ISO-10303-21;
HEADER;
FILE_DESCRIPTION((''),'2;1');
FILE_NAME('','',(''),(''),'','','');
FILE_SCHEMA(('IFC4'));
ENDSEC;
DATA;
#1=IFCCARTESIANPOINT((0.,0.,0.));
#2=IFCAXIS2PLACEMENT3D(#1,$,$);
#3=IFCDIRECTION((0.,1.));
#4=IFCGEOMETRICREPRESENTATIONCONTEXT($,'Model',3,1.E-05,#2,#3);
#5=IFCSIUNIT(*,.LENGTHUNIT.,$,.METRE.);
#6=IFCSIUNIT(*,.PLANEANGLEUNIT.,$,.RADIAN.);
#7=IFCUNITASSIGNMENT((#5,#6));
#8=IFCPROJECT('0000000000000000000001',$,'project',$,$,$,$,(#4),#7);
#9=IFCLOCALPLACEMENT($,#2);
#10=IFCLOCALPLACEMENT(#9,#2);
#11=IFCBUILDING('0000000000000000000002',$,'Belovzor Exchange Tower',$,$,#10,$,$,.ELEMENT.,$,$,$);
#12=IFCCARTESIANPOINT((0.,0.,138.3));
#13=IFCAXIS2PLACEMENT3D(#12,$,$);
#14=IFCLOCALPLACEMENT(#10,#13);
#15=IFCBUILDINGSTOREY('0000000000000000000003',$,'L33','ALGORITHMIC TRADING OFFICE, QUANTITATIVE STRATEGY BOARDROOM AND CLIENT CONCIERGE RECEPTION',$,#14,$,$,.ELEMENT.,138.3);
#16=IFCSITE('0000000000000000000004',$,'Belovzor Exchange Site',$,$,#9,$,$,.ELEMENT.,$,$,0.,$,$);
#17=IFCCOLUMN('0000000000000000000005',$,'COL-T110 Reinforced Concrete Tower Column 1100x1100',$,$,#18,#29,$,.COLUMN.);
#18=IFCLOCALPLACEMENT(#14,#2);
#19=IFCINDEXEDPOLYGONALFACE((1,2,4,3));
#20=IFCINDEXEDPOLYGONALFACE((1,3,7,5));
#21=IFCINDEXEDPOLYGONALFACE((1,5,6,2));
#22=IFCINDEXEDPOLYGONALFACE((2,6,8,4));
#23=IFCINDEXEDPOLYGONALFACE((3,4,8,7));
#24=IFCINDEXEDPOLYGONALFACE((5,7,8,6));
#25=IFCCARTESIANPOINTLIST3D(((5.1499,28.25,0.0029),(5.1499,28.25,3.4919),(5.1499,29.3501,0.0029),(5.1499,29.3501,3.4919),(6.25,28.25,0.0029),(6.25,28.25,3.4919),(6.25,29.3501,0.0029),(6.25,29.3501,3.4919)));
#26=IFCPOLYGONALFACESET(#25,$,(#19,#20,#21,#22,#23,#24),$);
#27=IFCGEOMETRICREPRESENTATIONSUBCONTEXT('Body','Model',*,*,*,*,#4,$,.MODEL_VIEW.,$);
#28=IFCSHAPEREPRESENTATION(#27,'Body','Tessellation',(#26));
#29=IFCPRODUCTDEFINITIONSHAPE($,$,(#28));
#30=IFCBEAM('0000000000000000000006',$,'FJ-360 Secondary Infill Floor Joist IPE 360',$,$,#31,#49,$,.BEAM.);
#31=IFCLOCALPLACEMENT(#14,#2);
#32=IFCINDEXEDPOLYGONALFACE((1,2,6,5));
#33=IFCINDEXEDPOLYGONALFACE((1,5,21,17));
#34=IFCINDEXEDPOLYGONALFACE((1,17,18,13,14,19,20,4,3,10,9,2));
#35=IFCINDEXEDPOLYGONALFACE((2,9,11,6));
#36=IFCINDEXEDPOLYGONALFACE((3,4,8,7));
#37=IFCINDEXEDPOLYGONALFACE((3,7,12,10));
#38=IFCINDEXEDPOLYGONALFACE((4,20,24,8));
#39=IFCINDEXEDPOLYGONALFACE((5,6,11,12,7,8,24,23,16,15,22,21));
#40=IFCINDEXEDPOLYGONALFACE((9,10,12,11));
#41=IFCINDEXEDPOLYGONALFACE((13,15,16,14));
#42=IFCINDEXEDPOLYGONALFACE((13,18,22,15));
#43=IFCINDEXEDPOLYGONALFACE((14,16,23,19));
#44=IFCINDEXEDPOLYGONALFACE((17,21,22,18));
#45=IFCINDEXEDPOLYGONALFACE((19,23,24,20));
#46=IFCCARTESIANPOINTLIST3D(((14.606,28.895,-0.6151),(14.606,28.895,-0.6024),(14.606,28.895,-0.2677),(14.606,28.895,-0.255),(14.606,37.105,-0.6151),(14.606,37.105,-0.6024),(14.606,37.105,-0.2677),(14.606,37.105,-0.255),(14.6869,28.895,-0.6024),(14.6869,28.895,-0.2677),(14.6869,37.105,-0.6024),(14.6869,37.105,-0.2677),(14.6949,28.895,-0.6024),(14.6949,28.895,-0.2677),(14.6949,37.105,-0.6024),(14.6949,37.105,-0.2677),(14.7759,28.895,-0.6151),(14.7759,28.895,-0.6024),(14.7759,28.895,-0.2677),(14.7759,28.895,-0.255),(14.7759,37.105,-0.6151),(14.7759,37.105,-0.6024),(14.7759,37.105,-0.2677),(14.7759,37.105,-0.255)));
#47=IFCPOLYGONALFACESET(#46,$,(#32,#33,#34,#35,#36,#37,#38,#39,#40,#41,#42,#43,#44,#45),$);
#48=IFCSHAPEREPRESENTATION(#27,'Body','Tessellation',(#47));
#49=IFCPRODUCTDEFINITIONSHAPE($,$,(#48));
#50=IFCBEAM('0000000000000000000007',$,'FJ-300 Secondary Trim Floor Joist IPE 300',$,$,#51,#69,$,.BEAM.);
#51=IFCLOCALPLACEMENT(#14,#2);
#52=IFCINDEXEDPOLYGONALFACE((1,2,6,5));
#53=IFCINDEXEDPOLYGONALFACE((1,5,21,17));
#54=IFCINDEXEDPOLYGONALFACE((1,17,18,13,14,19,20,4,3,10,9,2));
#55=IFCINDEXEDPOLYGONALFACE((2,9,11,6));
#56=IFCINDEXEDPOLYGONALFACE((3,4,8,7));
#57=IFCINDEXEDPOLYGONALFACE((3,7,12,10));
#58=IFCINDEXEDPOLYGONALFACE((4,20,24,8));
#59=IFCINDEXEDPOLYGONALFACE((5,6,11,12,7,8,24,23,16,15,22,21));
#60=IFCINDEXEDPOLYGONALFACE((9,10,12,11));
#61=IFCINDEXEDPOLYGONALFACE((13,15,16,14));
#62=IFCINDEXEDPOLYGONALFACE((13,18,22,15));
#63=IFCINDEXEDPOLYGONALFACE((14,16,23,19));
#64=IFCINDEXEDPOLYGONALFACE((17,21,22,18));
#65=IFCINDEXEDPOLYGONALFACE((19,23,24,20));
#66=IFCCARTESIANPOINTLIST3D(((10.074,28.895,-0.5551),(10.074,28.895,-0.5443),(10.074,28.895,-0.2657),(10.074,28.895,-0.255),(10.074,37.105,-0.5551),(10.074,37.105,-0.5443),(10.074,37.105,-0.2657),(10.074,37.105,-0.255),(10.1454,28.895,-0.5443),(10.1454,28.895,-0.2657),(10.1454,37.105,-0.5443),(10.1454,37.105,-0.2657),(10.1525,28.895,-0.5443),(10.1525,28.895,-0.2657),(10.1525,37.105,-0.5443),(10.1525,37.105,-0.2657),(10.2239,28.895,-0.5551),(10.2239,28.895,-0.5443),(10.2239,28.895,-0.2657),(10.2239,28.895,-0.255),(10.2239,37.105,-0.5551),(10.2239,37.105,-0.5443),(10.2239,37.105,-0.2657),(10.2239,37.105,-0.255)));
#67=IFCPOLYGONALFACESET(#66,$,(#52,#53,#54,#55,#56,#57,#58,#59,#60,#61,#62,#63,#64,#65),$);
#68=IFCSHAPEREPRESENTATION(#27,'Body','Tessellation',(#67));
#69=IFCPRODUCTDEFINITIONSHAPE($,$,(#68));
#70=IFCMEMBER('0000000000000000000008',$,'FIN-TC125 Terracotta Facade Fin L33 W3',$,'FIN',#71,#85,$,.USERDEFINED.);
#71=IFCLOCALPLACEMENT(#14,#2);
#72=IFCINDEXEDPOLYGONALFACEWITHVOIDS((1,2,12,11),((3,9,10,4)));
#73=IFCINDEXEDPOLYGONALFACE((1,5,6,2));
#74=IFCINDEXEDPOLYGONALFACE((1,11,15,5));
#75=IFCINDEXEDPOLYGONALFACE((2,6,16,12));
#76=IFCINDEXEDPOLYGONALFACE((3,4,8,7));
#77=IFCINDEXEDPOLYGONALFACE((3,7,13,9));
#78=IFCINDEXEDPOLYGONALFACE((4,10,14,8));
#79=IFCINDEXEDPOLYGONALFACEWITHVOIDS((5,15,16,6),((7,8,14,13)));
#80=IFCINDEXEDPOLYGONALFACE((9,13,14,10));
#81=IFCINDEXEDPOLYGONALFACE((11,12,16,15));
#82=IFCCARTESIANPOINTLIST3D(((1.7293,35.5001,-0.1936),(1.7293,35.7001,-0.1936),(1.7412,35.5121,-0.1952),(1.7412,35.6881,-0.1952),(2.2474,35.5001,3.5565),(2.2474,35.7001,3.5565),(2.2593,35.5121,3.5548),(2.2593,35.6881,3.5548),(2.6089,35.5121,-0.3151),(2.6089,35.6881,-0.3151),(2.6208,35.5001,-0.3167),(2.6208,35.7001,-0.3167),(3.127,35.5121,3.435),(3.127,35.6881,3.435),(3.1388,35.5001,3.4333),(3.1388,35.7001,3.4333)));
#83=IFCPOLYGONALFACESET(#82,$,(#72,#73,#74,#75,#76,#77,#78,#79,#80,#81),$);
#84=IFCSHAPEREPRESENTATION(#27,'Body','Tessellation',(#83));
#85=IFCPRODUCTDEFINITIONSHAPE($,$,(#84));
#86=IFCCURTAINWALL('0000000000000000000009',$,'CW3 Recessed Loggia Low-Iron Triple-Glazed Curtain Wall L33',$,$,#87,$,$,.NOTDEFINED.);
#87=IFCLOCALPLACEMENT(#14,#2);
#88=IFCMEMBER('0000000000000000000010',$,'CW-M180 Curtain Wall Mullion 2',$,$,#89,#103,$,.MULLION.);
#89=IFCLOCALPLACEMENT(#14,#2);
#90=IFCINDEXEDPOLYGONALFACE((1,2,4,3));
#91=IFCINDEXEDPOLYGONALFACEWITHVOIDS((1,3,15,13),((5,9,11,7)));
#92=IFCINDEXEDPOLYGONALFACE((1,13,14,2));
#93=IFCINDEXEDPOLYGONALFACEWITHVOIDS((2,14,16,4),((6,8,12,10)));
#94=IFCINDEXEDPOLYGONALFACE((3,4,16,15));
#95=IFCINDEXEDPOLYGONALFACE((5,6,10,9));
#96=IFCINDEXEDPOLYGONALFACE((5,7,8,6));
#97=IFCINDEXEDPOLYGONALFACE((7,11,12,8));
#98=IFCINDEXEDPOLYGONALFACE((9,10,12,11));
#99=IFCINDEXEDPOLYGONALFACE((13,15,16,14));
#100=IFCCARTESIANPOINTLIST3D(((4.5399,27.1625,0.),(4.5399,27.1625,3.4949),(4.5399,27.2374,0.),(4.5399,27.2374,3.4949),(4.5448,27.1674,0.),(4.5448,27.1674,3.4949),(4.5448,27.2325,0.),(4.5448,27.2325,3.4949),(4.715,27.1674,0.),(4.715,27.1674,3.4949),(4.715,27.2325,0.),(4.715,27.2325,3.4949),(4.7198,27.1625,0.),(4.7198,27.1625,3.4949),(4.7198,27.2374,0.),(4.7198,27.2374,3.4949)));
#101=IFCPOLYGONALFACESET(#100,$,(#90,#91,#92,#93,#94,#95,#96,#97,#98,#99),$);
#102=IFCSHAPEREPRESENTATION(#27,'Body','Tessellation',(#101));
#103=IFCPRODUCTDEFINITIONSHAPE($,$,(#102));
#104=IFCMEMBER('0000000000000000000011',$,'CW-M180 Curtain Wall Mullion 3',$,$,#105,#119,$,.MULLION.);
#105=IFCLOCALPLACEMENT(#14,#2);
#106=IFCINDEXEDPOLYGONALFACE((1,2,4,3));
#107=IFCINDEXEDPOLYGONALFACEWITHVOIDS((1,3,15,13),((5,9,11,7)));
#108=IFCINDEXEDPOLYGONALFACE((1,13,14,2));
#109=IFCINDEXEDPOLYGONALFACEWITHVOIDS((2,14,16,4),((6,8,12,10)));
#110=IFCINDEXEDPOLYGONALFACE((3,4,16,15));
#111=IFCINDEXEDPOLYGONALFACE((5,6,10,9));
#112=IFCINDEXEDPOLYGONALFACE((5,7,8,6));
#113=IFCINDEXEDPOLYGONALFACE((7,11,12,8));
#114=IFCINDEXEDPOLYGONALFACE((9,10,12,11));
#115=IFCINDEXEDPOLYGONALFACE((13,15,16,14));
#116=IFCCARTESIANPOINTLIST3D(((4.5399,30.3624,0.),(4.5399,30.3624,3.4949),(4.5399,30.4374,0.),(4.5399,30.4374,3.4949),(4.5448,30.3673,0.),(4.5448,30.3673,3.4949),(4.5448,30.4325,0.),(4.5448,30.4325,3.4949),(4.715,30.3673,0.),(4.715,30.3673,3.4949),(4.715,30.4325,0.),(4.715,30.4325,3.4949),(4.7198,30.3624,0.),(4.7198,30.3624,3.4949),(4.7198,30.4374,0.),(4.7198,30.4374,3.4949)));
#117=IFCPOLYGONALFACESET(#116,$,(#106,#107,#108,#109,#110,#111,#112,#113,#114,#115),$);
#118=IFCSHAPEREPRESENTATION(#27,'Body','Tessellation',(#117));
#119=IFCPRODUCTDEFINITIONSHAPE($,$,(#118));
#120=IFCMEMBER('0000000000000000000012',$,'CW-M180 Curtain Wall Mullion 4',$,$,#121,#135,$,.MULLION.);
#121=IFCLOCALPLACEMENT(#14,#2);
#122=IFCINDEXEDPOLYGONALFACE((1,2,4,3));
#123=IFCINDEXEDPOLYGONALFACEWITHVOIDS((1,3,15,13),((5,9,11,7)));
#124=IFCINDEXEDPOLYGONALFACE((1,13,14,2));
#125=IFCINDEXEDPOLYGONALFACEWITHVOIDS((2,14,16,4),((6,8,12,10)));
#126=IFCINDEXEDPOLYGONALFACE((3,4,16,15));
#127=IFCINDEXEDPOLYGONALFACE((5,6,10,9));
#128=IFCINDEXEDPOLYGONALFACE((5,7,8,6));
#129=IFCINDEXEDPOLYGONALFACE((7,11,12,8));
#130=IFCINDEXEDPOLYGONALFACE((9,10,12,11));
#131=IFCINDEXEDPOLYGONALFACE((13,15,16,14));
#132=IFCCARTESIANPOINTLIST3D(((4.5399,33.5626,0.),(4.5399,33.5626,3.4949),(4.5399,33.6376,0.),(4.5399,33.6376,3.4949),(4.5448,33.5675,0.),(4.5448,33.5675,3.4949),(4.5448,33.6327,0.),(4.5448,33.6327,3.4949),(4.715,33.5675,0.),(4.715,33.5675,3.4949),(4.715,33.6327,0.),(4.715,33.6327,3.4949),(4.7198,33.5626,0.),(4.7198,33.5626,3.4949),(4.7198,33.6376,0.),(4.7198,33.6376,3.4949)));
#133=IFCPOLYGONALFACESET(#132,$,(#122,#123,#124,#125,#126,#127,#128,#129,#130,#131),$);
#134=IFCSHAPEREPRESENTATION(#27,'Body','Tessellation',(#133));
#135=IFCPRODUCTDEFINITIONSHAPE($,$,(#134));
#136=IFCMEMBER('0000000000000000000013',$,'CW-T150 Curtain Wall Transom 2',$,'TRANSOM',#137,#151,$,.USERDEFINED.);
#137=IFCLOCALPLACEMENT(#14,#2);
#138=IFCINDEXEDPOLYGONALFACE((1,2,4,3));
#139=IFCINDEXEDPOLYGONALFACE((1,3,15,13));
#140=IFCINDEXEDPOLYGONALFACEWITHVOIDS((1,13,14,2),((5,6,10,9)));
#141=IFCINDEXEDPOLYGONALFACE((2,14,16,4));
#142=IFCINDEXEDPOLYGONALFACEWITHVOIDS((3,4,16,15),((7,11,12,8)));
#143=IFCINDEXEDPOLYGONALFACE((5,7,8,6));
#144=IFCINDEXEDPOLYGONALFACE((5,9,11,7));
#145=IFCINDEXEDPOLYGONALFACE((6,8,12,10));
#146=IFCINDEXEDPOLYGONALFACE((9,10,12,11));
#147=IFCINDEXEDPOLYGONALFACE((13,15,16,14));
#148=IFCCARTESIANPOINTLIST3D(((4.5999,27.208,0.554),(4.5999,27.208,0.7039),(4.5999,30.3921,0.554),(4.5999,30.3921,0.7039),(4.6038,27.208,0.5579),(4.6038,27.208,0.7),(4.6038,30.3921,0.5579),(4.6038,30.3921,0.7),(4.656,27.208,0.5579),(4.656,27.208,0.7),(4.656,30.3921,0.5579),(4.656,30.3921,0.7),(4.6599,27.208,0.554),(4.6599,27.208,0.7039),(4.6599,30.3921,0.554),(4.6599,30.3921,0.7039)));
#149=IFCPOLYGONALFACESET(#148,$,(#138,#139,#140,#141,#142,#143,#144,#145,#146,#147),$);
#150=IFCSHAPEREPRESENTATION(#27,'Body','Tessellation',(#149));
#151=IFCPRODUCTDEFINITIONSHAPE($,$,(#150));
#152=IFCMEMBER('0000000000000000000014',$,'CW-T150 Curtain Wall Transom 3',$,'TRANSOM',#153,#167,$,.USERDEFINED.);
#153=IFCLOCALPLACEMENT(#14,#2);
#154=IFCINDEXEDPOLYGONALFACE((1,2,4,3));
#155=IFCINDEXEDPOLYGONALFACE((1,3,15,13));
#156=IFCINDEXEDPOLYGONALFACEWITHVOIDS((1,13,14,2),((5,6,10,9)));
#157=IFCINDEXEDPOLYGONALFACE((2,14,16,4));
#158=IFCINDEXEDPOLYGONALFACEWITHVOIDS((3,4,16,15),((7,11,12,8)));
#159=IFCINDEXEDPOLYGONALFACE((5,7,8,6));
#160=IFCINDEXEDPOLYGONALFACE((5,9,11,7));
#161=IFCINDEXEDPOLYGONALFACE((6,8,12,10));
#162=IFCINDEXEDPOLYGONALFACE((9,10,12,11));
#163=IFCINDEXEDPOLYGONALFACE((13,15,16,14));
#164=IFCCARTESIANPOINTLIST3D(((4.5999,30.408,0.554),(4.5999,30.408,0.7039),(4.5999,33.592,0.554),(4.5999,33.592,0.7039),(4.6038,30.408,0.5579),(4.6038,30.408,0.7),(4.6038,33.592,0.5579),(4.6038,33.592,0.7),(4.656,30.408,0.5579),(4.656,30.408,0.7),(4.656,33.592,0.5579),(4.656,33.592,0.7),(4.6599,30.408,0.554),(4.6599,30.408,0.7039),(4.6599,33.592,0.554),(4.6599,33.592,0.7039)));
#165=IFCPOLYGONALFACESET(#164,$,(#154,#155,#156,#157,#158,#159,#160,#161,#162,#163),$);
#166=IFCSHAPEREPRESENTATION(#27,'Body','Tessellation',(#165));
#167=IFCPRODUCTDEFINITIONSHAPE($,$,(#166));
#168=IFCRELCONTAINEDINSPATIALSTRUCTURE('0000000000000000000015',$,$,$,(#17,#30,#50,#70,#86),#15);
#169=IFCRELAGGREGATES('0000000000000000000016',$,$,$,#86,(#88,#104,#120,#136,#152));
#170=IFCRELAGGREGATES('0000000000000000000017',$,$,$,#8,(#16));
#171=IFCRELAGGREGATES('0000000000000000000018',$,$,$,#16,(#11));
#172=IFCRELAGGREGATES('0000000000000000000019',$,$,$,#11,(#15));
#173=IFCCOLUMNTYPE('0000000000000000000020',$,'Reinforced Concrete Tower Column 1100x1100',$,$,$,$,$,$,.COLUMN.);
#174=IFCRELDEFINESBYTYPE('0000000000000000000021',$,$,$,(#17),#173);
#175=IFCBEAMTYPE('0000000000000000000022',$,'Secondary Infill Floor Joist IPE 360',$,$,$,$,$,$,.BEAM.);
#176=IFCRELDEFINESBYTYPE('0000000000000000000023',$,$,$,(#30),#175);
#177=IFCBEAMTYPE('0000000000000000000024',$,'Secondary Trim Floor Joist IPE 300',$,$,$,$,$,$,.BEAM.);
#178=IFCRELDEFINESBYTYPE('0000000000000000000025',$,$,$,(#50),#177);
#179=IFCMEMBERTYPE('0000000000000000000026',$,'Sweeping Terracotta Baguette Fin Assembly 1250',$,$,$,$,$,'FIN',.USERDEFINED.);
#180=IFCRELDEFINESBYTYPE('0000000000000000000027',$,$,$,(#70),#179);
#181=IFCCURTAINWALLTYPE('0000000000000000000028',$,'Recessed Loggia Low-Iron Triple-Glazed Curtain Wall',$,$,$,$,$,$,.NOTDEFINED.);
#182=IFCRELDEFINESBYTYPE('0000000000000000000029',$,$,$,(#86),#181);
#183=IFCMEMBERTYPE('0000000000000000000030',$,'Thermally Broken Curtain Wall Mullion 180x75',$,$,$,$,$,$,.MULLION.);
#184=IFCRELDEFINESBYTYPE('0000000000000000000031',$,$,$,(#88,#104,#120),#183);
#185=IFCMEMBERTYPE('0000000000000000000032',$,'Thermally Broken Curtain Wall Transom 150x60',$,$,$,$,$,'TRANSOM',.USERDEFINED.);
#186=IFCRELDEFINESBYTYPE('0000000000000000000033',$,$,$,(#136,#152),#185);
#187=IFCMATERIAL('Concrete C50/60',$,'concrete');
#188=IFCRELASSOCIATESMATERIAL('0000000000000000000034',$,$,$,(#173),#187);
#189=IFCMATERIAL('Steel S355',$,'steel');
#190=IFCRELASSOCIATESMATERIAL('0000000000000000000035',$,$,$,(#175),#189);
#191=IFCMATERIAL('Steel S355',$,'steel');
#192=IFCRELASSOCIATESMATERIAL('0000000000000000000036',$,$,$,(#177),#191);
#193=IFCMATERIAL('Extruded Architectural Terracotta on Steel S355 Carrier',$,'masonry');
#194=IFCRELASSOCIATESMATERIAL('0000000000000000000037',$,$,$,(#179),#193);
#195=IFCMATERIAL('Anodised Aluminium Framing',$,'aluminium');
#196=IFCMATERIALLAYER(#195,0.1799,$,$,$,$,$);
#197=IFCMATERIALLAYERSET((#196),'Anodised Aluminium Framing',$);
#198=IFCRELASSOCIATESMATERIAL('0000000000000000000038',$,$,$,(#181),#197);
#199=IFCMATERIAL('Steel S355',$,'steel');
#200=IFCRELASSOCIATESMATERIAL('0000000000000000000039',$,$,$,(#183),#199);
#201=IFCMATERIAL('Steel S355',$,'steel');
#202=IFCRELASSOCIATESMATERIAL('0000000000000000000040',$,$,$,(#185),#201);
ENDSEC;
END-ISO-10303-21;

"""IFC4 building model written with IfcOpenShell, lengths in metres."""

from ifc_helpers import new_model, si_unit, direction, frame, origin, origin_2d, place, context, subcontext, project, spatial, rectangle, hollow_rectangle, i_section, extrude, material, layer, layer_set, material_profile, profile_set, type_object, element, aggregate, save


model = new_model("IFC4")

# Units and contexts
model_context = context("Model", 3, precision=1e-05, world=origin(), true_north=direction((0.0, 1.0)))
body_context = subcontext(model_context, "Body", "Model", "MODEL_VIEW")
ifc_project = project(units=[si_unit("LENGTHUNIT", "METRE"), si_unit("PLANEANGLEUNIT", "RADIAN")], contexts=[model_context])

# Site, building, storey
site_placement = place(None, origin())
site = spatial("IfcSite", under=ifc_project, at=site_placement, Name="Belovzor Exchange Site", CompositionType="ELEMENT", RefElevation=0.0)
building_placement = place(site_placement, origin())
building = spatial("IfcBuilding", under=site, at=building_placement, Name="Belovzor Exchange Tower", CompositionType="ELEMENT")
storey_placement = place(building_placement, frame((0.0, 0.0, 138.3)))
storey = spatial("IfcBuildingStorey", under=building, at=storey_placement, Name="L33", Description="ALGORITHMIC TRADING OFFICE, QUANTITATIVE STRATEGY BOARDROOM AND CLIENT CONCIERGE RECEPTION", CompositionType="ELEMENT", Elevation=138.3)

# Column
ifc_material_1 = material(Name="Concrete C50/60", Category="concrete")
ifc_material_profile_1 = material_profile(ifc_material_1, rectangle(XDim=1.1001, YDim=1.1001, at=origin_2d()))
ifc_profile_set_1 = profile_set([ifc_material_profile_1], Name="Concrete C50/60")
column_type = type_object("IfcColumnType", Name="Reinforced Concrete Tower Column 1100x1100", PredefinedType="COLUMN", material=ifc_profile_set_1)
column_placement = place(storey_placement, frame((5.7, 28.8, 0.0029), z_axis=(0.0, 0.0, 1.0), x_axis=(1.0, 0.0, 0.0)))
element("IfcColumn", 1, at=column_placement, inside=storey, type_object=column_type, Name="COL-T110 Reinforced Concrete Tower Column 1100x1100", PredefinedType="COLUMN", context=body_context, shape_type="SweptSolid", body=[
    extrude(rectangle(XDim=1.1001, YDim=1.1001, at=origin_2d()), origin(), (0.0, 0.0, 1.0), 3.489),
])

# Beams
ifc_material_2 = material(Name="Steel S355", Category="steel")
ifc_material_profile_2 = material_profile(ifc_material_2, i_section(OverallWidth=0.1699, OverallDepth=0.3601, WebThickness=0.0081, FlangeThickness=0.0127, at=origin_2d()))
ifc_profile_set_2 = profile_set([ifc_material_profile_2], Name="Steel S355")
beam_type_1 = type_object("IfcBeamType", Name="Secondary Infill Floor Joist IPE 360", PredefinedType="BEAM", material=ifc_profile_set_2)
beam_1_placement = place(storey_placement, frame((14.6909, 28.895, -0.4351), z_axis=(0.0, 1.0, 0.0), x_axis=(-1.0, 0.0, 0.0)))
element("IfcBeam", 2, at=beam_1_placement, inside=storey, type_object=beam_type_1, Name="FJ-360 Secondary Infill Floor Joist IPE 360", PredefinedType="BEAM", context=body_context, shape_type="SweptSolid", body=[
    extrude(i_section(OverallWidth=0.1699, OverallDepth=0.3601, WebThickness=0.0081, FlangeThickness=0.0127, at=origin_2d()), origin(), (0.0, 0.0, 1.0), 8.21),
])
ifc_material_3 = material(Name="Steel S355", Category="steel")
ifc_material_profile_3 = material_profile(ifc_material_3, i_section(OverallWidth=0.1499, OverallDepth=0.3, WebThickness=0.0071, FlangeThickness=0.0107, at=origin_2d()))
ifc_profile_set_3 = profile_set([ifc_material_profile_3], Name="Steel S355")
beam_type_2 = type_object("IfcBeamType", Name="Secondary Trim Floor Joist IPE 300", PredefinedType="BEAM", material=ifc_profile_set_3)
beam_2_placement = place(storey_placement, frame((10.1489, 28.895, -0.405), z_axis=(0.0, 1.0, 0.0), x_axis=(-1.0, 0.0, 0.0)))
element("IfcBeam", 3, at=beam_2_placement, inside=storey, type_object=beam_type_2, Name="FJ-300 Secondary Trim Floor Joist IPE 300", PredefinedType="BEAM", context=body_context, shape_type="SweptSolid", body=[
    extrude(i_section(OverallWidth=0.1499, OverallDepth=0.3, WebThickness=0.0071, FlangeThickness=0.0107, at=origin_2d()), origin(), (0.0, 0.0, 1.0), 8.21),
])

# Member
ifc_material_4 = material(Name="Extruded Architectural Terracotta on Steel S355 Carrier", Category="masonry")
ifc_material_profile_4 = material_profile(ifc_material_4, hollow_rectangle(XDim=0.2, YDim=0.8999, WallThickness=0.012, at=origin_2d()))
ifc_profile_set_4 = profile_set([ifc_material_profile_4], Name="Extruded Architectural Terracotta on Steel S355 Carrier")
member_type_1 = type_object("IfcMemberType", Name="Sweeping Terracotta Baguette Fin Assembly 1250", ElementType="FIN", PredefinedType="USERDEFINED", material=ifc_profile_set_4)
member_1_placement = place(storey_placement, frame((2.175, 35.6001, -0.2551), z_axis=(0.136851, 0.0, 0.990592), x_axis=(0.0, 1.0, 0.0)))
element("IfcMember", 4, at=member_1_placement, inside=storey, type_object=member_type_1, Name="FIN-TC125 Terracotta Facade Fin L33 W3", ObjectType="FIN", PredefinedType="USERDEFINED", context=body_context, shape_type="SweptSolid", body=[
    extrude(hollow_rectangle(XDim=0.2, YDim=0.8999, WallThickness=0.012, at=origin_2d()), origin(), (0.0, 0.0, 1.0), 3.7856),
])

# Curtain wall, members
ifc_material_5 = material(Name="Anodised Aluminium Framing", Category="aluminium")
ifc_layer_1 = layer(ifc_material_5, 0.1799)
ifc_layer_set_1 = layer_set([ifc_layer_1], Name="Anodised Aluminium Framing")
curtain_wall_type = type_object("IfcCurtainWallType", Name="Recessed Loggia Low-Iron Triple-Glazed Curtain Wall", PredefinedType="NOTDEFINED", material=ifc_layer_set_1)
curtain_wall_placement = place(storey_placement, origin())
curtain_wall = element("IfcCurtainWall", 5, at=curtain_wall_placement, inside=storey, type_object=curtain_wall_type, Name="CW3 Recessed Loggia Low-Iron Triple-Glazed Curtain Wall L33", PredefinedType="NOTDEFINED")
ifc_material_6 = material(Name="Steel S355", Category="steel")
ifc_material_profile_5 = material_profile(ifc_material_6, hollow_rectangle(XDim=0.075, YDim=0.1799, WallThickness=0.0049, at=origin_2d()))
ifc_profile_set_5 = profile_set([ifc_material_profile_5], Name="Steel S355")
member_type_2 = type_object("IfcMemberType", Name="Thermally Broken Curtain Wall Mullion 180x75", PredefinedType="MULLION", material=ifc_profile_set_5)
member_2_placement = place(storey_placement, frame((4.6299, 27.2, 0.0), z_axis=(0.0, 0.0, 1.0), x_axis=(0.0, 1.0, 0.0)))
member_2 = element("IfcMember", 6, at=member_2_placement, type_object=member_type_2, Name="CW-M180 Curtain Wall Mullion 2", PredefinedType="MULLION", context=body_context, shape_type="SweptSolid", body=[
    extrude(hollow_rectangle(XDim=0.075, YDim=0.1799, WallThickness=0.0049, at=origin_2d()), origin(), (0.0, 0.0, 1.0), 3.4949),
])
member_3_placement = place(storey_placement, frame((4.6299, 30.3999, 0.0), z_axis=(0.0, 0.0, 1.0), x_axis=(0.0, 1.0, 0.0)))
member_3 = element("IfcMember", 7, at=member_3_placement, type_object=member_type_2, Name="CW-M180 Curtain Wall Mullion 3", PredefinedType="MULLION", context=body_context, shape_type="SweptSolid", body=[
    extrude(hollow_rectangle(XDim=0.075, YDim=0.1799, WallThickness=0.0049, at=origin_2d()), origin(), (0.0, 0.0, 1.0), 3.4949),
])
member_4_placement = place(storey_placement, frame((4.6299, 33.6001, 0.0), z_axis=(0.0, 0.0, 1.0), x_axis=(0.0, 1.0, 0.0)))
member_4 = element("IfcMember", 8, at=member_4_placement, type_object=member_type_2, Name="CW-M180 Curtain Wall Mullion 4", PredefinedType="MULLION", context=body_context, shape_type="SweptSolid", body=[
    extrude(hollow_rectangle(XDim=0.075, YDim=0.1799, WallThickness=0.0049, at=origin_2d()), origin(), (0.0, 0.0, 1.0), 3.4949),
])
ifc_material_7 = material(Name="Steel S355", Category="steel")
ifc_material_profile_6 = material_profile(ifc_material_7, hollow_rectangle(XDim=0.0601, YDim=0.1499, WallThickness=0.0039, at=origin_2d()))
ifc_profile_set_6 = profile_set([ifc_material_profile_6], Name="Steel S355")
member_type_3 = type_object("IfcMemberType", Name="Thermally Broken Curtain Wall Transom 150x60", ElementType="TRANSOM", PredefinedType="USERDEFINED", material=ifc_profile_set_6)
member_5_placement = place(storey_placement, frame((4.6299, 27.208, 0.6289), z_axis=(0.0, 1.0, 0.0), x_axis=(-1.0, 0.0, 0.0)))
member_5 = element("IfcMember", 9, at=member_5_placement, type_object=member_type_3, Name="CW-T150 Curtain Wall Transom 2", ObjectType="TRANSOM", PredefinedType="USERDEFINED", context=body_context, shape_type="SweptSolid", body=[
    extrude(hollow_rectangle(XDim=0.0601, YDim=0.1499, WallThickness=0.0039, at=origin_2d()), origin(), (0.0, 0.0, 1.0), 3.1841),
])
member_6_placement = place(storey_placement, frame((4.6299, 30.408, 0.6289), z_axis=(0.0, 1.0, 0.0), x_axis=(-1.0, 0.0, 0.0)))
member_6 = element("IfcMember", 10, at=member_6_placement, type_object=member_type_3, Name="CW-T150 Curtain Wall Transom 3", ObjectType="TRANSOM", PredefinedType="USERDEFINED", context=body_context, shape_type="SweptSolid", body=[
    extrude(hollow_rectangle(XDim=0.0601, YDim=0.1499, WallThickness=0.0039, at=origin_2d()), origin(), (0.0, 0.0, 1.0), 3.1841),
])

aggregate(curtain_wall, [member_2, member_3, member_4, member_5, member_6])

save(model, "model.ifc")
